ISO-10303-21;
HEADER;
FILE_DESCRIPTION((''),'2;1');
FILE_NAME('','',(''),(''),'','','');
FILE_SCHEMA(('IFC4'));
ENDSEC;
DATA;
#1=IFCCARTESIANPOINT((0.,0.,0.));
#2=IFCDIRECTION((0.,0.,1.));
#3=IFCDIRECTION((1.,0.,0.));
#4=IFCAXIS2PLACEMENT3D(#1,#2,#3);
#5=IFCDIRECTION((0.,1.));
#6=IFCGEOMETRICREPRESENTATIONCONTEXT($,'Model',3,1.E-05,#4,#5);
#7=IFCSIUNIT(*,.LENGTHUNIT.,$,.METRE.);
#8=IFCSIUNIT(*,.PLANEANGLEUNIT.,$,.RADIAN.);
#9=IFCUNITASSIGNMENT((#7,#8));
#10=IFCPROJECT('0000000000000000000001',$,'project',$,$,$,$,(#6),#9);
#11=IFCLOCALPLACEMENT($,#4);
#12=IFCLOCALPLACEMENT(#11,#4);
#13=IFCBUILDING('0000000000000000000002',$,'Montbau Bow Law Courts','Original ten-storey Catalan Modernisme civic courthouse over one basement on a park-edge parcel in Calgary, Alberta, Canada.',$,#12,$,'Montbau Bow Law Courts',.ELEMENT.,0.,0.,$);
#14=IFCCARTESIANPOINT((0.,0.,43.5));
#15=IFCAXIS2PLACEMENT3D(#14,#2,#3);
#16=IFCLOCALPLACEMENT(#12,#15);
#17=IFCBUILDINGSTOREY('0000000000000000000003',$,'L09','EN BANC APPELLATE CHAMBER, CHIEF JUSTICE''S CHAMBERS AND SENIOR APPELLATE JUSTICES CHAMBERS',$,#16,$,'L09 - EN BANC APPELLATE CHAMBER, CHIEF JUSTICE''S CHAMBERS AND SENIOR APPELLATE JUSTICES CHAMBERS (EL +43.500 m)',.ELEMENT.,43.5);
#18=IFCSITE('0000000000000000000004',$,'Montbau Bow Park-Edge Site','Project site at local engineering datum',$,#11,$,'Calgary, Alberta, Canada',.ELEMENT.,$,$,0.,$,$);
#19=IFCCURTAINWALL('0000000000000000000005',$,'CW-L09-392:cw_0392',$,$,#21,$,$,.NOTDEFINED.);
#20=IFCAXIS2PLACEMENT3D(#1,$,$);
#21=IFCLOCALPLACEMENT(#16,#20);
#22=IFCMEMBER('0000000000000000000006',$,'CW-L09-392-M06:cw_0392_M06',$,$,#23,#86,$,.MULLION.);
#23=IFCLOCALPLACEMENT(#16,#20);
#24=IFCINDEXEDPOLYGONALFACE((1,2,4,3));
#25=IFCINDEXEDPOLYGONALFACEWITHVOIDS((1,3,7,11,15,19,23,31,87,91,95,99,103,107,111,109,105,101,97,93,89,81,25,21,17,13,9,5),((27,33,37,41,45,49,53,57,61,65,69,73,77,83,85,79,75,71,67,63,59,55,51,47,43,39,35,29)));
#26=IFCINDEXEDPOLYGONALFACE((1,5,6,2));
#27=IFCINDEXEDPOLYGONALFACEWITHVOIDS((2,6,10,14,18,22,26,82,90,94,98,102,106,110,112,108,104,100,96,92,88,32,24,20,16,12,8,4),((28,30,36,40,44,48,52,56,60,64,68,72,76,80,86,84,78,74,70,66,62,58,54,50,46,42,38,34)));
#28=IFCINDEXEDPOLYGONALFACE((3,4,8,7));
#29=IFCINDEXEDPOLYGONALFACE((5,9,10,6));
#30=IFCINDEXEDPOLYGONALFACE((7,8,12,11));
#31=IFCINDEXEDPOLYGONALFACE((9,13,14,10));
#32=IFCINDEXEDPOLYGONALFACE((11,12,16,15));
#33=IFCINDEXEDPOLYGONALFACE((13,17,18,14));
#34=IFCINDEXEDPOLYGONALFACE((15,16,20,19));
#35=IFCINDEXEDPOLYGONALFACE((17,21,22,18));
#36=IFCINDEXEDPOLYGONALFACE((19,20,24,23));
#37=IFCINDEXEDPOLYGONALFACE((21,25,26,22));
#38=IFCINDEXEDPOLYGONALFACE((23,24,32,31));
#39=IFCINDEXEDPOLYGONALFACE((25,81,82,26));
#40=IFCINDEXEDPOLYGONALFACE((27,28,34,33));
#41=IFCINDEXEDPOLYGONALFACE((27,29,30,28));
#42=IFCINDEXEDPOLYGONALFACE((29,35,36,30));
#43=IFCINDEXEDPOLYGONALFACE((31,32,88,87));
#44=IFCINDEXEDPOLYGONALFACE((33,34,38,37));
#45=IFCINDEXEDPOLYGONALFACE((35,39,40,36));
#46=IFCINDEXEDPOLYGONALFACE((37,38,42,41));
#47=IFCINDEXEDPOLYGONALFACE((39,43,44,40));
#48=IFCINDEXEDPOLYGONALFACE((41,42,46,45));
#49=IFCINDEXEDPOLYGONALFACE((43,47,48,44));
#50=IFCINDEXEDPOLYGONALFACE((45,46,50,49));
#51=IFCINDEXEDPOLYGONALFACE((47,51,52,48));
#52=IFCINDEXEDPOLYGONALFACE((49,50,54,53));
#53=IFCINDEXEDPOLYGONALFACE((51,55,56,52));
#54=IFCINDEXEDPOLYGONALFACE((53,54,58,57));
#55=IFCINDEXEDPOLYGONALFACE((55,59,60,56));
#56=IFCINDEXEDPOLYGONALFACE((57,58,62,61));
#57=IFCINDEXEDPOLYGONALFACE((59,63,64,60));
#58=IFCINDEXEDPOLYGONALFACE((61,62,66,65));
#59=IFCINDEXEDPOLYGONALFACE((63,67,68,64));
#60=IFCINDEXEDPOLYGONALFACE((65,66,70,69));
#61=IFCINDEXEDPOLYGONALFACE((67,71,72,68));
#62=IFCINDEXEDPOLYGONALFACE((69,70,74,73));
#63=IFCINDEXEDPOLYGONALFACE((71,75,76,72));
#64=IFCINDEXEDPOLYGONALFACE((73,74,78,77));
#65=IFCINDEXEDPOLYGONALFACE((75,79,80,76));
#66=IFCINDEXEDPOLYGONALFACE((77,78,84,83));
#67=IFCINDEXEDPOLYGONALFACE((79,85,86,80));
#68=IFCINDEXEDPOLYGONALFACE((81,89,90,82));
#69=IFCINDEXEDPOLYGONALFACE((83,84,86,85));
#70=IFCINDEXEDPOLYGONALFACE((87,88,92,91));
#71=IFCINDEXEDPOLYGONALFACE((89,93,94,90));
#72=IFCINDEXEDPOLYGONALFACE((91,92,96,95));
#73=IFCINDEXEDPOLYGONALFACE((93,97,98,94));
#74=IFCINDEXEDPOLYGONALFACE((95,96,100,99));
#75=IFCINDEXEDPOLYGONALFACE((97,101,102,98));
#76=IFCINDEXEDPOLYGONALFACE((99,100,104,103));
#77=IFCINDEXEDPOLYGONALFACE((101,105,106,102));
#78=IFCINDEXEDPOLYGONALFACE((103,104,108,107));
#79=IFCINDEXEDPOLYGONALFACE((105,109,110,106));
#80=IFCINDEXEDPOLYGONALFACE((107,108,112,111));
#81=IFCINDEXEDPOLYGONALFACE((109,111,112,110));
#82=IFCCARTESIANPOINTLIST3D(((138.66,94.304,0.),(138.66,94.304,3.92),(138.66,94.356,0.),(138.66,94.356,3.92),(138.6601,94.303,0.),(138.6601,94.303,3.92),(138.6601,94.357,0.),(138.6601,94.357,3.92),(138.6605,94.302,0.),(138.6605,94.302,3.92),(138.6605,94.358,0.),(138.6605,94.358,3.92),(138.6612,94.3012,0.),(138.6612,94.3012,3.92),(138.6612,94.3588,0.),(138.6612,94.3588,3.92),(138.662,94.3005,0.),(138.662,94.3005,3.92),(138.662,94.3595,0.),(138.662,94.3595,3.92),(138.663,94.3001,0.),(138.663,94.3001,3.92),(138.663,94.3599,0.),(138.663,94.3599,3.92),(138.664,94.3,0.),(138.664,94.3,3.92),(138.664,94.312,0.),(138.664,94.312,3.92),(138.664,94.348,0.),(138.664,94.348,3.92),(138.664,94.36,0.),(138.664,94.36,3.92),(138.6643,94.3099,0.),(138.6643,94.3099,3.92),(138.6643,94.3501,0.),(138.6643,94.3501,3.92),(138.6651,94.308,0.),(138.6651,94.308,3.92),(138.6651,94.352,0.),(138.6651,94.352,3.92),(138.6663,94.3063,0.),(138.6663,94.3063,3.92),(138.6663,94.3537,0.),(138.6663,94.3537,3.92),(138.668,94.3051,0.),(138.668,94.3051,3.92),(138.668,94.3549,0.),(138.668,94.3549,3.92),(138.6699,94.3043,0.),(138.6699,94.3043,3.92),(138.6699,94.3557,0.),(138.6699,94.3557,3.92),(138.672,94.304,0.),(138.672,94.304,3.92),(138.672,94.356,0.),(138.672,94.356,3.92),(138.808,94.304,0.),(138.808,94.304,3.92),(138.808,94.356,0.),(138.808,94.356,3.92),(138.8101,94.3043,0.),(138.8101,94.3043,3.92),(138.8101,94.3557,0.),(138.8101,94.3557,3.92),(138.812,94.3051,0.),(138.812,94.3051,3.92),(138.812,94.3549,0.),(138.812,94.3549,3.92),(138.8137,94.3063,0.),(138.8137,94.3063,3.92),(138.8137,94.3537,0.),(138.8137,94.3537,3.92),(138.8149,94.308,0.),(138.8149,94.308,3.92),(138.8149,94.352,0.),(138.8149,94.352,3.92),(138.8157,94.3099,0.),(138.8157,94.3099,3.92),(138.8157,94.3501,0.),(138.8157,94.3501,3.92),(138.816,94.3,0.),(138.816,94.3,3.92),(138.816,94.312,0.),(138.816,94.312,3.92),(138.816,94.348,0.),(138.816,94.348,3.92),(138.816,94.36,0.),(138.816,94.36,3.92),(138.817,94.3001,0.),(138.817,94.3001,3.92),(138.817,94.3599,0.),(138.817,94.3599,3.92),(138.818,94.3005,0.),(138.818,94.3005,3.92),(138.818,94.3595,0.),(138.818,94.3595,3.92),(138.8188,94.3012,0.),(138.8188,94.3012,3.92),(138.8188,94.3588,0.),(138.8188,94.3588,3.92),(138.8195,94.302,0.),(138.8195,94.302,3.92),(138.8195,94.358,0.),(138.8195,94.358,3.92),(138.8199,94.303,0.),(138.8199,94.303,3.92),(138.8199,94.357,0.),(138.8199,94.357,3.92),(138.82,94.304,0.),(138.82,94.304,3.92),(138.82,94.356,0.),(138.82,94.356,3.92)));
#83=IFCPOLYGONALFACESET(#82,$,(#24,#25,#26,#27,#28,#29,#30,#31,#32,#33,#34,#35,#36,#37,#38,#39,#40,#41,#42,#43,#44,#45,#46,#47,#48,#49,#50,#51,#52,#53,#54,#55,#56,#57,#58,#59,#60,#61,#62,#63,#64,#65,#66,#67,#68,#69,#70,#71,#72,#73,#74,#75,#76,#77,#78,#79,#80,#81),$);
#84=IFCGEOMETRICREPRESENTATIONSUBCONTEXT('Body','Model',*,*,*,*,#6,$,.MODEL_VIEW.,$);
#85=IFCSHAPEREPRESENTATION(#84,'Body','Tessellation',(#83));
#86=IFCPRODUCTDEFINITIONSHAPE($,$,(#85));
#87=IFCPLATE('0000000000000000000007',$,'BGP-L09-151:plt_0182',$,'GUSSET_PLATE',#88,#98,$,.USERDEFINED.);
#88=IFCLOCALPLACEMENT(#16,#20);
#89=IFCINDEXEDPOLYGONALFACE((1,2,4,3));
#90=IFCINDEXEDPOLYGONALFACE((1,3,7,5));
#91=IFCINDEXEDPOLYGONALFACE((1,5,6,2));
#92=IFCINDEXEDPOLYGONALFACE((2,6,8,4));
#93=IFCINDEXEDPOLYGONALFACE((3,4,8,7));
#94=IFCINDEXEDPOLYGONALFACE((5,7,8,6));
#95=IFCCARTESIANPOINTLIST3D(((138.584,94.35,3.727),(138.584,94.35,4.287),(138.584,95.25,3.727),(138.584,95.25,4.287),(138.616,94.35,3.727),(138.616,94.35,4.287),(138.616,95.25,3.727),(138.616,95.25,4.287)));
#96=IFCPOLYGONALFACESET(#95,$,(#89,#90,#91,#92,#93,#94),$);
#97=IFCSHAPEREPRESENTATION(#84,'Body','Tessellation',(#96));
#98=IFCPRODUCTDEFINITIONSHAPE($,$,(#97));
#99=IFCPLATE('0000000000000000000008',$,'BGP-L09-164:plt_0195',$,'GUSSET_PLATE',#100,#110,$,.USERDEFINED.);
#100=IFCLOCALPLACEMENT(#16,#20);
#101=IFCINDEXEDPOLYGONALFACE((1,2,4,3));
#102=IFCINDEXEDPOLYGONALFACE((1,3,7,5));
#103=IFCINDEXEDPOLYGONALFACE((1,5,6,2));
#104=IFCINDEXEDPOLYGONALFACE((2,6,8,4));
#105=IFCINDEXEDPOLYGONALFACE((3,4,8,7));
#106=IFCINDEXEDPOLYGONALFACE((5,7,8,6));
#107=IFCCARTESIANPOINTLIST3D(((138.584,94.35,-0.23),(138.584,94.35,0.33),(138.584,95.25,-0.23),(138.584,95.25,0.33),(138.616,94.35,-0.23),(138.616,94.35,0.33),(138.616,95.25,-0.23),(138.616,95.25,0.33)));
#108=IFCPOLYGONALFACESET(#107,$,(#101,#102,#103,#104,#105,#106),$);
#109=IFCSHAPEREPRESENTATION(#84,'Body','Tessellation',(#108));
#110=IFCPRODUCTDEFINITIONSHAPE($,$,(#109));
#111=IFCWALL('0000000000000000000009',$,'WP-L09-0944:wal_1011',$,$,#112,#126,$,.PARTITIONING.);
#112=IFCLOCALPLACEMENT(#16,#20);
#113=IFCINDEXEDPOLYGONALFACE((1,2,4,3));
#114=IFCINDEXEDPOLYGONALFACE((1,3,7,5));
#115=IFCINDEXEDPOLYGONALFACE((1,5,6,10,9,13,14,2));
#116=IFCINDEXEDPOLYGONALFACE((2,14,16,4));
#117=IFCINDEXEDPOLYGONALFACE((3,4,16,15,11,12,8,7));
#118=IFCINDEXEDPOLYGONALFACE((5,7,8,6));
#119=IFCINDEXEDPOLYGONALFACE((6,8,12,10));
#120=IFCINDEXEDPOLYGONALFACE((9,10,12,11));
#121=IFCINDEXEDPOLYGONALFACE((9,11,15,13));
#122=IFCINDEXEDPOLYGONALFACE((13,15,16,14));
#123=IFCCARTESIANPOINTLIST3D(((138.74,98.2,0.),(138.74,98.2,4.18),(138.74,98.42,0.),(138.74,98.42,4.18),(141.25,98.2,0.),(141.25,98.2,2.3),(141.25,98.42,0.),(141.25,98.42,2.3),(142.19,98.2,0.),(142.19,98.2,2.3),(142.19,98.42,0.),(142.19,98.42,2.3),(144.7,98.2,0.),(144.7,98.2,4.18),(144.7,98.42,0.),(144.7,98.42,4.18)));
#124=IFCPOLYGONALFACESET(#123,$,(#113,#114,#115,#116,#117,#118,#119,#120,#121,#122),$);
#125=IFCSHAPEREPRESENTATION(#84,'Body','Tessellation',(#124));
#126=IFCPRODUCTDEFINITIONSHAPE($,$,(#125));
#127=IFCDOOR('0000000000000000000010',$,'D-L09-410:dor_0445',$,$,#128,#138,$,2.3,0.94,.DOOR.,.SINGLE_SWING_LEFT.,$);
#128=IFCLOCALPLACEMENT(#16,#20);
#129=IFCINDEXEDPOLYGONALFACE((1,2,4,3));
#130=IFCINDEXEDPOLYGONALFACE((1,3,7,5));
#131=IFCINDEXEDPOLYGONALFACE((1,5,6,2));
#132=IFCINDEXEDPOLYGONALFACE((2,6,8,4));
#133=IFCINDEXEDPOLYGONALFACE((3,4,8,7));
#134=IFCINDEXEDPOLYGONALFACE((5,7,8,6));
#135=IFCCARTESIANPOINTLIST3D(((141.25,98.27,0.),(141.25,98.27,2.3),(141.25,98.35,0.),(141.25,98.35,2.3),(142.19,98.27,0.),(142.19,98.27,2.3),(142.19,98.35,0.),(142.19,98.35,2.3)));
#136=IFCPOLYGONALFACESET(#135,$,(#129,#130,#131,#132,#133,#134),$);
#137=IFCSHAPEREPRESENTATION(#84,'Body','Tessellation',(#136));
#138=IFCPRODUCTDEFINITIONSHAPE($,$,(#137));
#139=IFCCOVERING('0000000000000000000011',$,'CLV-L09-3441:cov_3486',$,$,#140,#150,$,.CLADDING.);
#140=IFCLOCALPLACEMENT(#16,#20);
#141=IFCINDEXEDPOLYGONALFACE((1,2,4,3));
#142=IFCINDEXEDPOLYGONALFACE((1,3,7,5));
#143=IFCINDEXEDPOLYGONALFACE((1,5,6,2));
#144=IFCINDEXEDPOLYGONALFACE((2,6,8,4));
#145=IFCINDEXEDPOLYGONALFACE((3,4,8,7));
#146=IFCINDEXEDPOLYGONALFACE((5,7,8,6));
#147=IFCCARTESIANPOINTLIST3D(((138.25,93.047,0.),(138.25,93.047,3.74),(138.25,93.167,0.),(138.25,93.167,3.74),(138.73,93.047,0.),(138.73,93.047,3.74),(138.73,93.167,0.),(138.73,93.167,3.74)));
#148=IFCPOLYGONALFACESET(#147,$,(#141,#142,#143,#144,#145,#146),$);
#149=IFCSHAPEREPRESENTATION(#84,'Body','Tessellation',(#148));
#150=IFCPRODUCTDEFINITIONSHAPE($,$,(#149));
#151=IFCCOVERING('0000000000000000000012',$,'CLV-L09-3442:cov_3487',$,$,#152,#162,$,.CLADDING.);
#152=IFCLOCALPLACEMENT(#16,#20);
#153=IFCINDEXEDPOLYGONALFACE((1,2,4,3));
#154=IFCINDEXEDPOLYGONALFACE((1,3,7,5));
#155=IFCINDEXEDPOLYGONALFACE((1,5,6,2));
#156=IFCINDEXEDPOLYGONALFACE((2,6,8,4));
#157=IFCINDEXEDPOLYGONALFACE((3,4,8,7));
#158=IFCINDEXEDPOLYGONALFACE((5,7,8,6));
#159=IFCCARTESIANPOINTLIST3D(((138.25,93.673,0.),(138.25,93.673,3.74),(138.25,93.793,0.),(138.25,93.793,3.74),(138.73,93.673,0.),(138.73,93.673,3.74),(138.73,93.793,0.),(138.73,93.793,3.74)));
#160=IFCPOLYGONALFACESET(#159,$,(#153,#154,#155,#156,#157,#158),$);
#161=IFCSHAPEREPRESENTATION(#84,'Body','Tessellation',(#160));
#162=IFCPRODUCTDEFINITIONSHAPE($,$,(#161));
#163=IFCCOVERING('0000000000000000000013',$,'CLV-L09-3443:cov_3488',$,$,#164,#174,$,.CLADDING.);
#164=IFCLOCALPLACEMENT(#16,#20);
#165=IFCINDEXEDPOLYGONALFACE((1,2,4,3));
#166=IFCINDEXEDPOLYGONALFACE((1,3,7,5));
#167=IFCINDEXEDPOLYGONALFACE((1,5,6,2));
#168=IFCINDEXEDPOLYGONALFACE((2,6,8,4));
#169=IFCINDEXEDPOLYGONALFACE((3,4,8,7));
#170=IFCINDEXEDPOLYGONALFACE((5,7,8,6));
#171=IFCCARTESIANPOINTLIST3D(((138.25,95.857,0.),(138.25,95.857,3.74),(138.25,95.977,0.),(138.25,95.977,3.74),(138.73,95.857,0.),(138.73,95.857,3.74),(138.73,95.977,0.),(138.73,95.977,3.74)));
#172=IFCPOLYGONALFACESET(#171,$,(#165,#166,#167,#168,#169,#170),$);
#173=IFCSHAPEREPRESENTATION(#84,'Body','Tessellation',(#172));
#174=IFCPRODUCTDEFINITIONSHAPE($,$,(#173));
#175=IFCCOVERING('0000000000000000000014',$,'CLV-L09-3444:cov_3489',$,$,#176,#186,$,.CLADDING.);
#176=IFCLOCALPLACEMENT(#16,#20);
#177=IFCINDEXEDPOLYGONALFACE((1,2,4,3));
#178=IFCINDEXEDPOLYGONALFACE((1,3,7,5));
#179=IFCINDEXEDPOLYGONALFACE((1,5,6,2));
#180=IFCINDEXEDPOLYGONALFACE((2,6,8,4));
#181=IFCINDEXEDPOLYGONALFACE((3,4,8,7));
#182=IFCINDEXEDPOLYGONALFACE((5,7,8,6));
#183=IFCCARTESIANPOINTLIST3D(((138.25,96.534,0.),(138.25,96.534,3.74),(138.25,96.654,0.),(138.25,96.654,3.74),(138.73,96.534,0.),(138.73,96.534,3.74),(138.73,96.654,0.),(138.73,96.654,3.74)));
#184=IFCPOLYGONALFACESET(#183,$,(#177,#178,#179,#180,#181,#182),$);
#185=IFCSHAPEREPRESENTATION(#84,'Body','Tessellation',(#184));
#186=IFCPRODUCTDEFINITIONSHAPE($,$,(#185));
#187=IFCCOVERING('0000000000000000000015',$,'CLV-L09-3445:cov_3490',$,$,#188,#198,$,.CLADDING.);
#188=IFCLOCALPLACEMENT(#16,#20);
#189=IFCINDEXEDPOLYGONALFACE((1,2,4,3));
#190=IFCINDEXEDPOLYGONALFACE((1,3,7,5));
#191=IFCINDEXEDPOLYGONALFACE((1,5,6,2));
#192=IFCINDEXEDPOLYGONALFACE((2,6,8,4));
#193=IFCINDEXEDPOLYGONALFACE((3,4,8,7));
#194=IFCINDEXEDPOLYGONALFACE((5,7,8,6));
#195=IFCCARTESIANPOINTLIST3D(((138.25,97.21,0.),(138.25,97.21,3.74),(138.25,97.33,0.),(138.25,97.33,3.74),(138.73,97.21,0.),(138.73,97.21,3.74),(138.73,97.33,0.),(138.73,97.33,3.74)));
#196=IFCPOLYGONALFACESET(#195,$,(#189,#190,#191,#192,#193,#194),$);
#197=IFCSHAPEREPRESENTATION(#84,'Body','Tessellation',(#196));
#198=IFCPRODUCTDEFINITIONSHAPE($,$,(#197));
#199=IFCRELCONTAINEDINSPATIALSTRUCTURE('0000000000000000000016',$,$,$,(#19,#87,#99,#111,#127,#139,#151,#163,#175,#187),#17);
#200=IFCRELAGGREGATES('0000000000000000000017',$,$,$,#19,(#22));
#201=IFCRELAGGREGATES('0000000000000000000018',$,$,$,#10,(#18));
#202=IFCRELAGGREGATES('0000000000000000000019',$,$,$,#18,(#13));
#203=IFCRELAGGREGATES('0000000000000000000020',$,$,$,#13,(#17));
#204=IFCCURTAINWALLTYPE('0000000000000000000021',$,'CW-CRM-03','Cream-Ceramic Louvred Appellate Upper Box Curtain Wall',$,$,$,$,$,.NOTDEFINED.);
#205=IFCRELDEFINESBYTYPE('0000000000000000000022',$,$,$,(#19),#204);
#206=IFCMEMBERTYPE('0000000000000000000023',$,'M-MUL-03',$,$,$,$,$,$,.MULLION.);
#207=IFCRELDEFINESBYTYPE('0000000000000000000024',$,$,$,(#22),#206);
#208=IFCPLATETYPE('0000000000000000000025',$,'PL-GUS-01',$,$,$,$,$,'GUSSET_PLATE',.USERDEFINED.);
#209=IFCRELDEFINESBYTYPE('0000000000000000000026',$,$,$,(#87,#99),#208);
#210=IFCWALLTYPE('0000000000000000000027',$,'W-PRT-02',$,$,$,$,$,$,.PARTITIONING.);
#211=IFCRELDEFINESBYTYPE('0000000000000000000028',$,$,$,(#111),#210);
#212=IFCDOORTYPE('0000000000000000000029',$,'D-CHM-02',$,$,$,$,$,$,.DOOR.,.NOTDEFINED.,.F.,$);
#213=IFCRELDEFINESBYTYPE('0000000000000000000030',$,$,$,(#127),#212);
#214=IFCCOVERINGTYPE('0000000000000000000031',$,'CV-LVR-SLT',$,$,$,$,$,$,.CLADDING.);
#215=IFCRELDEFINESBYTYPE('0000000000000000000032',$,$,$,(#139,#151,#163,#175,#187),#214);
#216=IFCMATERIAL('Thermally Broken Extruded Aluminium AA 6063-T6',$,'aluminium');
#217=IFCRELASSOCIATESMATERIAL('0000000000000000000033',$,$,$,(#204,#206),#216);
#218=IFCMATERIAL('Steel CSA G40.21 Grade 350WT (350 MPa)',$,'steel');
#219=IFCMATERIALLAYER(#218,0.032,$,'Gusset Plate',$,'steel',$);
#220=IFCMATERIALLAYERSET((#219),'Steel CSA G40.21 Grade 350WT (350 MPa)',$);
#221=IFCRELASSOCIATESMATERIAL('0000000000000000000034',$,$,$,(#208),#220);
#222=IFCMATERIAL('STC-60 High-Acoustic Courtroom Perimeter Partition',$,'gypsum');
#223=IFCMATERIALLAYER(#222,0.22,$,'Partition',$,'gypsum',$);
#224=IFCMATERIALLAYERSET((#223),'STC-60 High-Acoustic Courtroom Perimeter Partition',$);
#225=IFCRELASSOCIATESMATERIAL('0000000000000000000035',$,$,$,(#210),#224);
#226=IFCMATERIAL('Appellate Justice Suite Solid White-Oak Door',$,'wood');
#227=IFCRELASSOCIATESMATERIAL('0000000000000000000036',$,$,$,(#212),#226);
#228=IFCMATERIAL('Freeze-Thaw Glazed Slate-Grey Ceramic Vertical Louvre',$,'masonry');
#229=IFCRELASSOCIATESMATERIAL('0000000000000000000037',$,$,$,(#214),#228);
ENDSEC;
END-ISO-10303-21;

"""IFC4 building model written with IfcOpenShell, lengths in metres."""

from ifc_helpers import new_model, si_unit, direction, frame, frame_2d, origin_with_axes, origin_2d_with_axis, place, context, subcontext, project, spatial, rectangle, hollow_rectangle, extrude, material, layer, layer_set, material_profile, profile_set, type_object, element, fill, aggregate, save


model = new_model("IFC4")

# Units and contexts
model_context = context("Model", 3, precision=1e-05, world=origin_with_axes(), true_north=direction((0.0, 1.0)))
body_context = subcontext(model_context, "Body", "Model", "MODEL_VIEW")
ifc_project = project(units=[si_unit("LENGTHUNIT", "METRE"), si_unit("PLANEANGLEUNIT", "RADIAN")], contexts=[model_context])

# Site, building, storey
site_placement = place(None, origin_with_axes())
site = spatial("IfcSite", under=ifc_project, at=site_placement, Name="Montbau Bow Park-Edge Site", Description="Project site at local engineering datum", LongName="Calgary, Alberta, Canada", CompositionType="ELEMENT", RefElevation=0.0)
building_placement = place(site_placement, origin_with_axes())
building = spatial("IfcBuilding", under=site, at=building_placement, Name="Montbau Bow Law Courts", Description="Original ten-storey Catalan Modernisme civic courthouse over one basement on a park-edge parcel in Calgary, Alberta, Canada.", LongName="Montbau Bow Law Courts", CompositionType="ELEMENT", ElevationOfRefHeight=0.0, ElevationOfTerrain=0.0)
storey_placement = place(building_placement, frame((0.0, 0.0, 43.5), z_axis=(0.0, 0.0, 1.0), x_axis=(1.0, 0.0, 0.0)))
storey = spatial("IfcBuildingStorey", under=building, at=storey_placement, Name="L09", Description="EN BANC APPELLATE CHAMBER, CHIEF JUSTICE'S CHAMBERS AND SENIOR APPELLATE JUSTICES CHAMBERS", LongName="L09 - EN BANC APPELLATE CHAMBER, CHIEF JUSTICE'S CHAMBERS AND SENIOR APPELLATE JUSTICES CHAMBERS (EL +43.500 m)", CompositionType="ELEMENT", Elevation=43.5)

# Curtain wall, member
ifc_material_1 = material(Name="Thermally Broken Extruded Aluminium AA 6063-T6", Category="aluminium")
curtain_wall_type = type_object("IfcCurtainWallType", Name="CW-CRM-03", Description="Cream-Ceramic Louvred Appellate Upper Box Curtain Wall", PredefinedType="NOTDEFINED", material=ifc_material_1)
curtain_wall_placement = place(None, frame((138.74, 86.84, 43.5), z_axis=(0.0, 0.0, 1.0), x_axis=(1.0, 0.0, 0.0)))
curtain_wall = element("IfcCurtainWall", 1, at=curtain_wall_placement, inside=storey, type_object=curtain_wall_type, Name="CW-L09-392:cw_0392", PredefinedType="NOTDEFINED")
ifc_material_profile_1 = material_profile(ifc_material_1, hollow_rectangle(XDim=0.06, YDim=0.16, WallThickness=0.004, InnerFilletRadius=0.008, OuterFilletRadius=0.004, at=origin_2d_with_axis()), Name="CWM-160X60", Category="Main", Priority=0)
ifc_profile_set_1 = profile_set([ifc_material_profile_1], Name="Thermally Broken Extruded Aluminium AA 6063-T6")
member_type_1 = type_object("IfcMemberType", Name="M-MUL-03", PredefinedType="MULLION", material=ifc_profile_set_1)
member_1_placement = place(None, frame((138.74, 94.33, 43.5), z_axis=(0.0, 0.0, 1.0), x_axis=(0.0, 1.0, 0.0)))
member_1 = element("IfcMember", 2, at=member_1_placement, type_object=member_type_1, Name="CW-L09-392-M06:cw_0392_M06", PredefinedType="MULLION", context=body_context, shape_type="SweptSolid", body=[
    extrude(hollow_rectangle(XDim=0.06, YDim=0.16, WallThickness=0.004, InnerFilletRadius=0.008, OuterFilletRadius=0.004, at=origin_2d_with_axis()), origin_with_axes(), (0.0, 0.0, 1.0), 3.92),
])
aggregate(curtain_wall, [member_1])

# Plates
ifc_material_2 = material(Name="Steel CSA G40.21 Grade 350WT (350 MPa)", Category="steel")
ifc_layer_1 = layer(ifc_material_2, 0.032, Name="Gusset Plate", Category="steel")
ifc_layer_set_1 = layer_set([ifc_layer_1], Name="Steel CSA G40.21 Grade 350WT (350 MPa)")
plate_type = type_object("IfcPlateType", Name="PL-GUS-01", ElementType="GUSSET_PLATE", PredefinedType="USERDEFINED", material=ifc_layer_set_1)
for number, where, z_axis, x_axis, name in (
    (3, (138.6, 94.8, 47.227), (0.0, 0.0, 1.0), (0.0, 1.0, 0.0), "BGP-L09-151:plt_0182"),
    (4, (138.6, 94.8, 43.27), (0.0, 0.0, 1.0), (0.0, 1.0, 0.0), "BGP-L09-164:plt_0195"),
):
    element("IfcPlate", number, at=place(None, frame(where, z_axis=z_axis, x_axis=x_axis)), inside=storey, type_object=plate_type, Name=name, ObjectType="GUSSET_PLATE", PredefinedType="USERDEFINED", context=body_context, shape_type="SweptSolid", body=[
        extrude(rectangle(XDim=0.9, YDim=0.032, at=origin_2d_with_axis()), origin_with_axes(), (0.0, 0.0, 1.0), 0.56),
    ])

# Wall, opening, door
ifc_material_3 = material(Name="STC-60 High-Acoustic Courtroom Perimeter Partition", Category="gypsum")
ifc_layer_2 = layer(ifc_material_3, 0.22, Name="Partition", Category="gypsum")
ifc_layer_set_2 = layer_set([ifc_layer_2], Name="STC-60 High-Acoustic Courtroom Perimeter Partition")
wall_type = type_object("IfcWallType", Name="W-PRT-02", PredefinedType="PARTITIONING", material=ifc_layer_set_2)
wall_placement = place(None, frame((138.74, 98.31, 43.5), z_axis=(0.0, 0.0, 1.0), x_axis=(1.0, 0.0, 0.0)))
wall = element("IfcWall", 5, at=wall_placement, inside=storey, type_object=wall_type, Name="WP-L09-0944:wal_1011", PredefinedType="PARTITIONING", context=body_context, shape_type="SweptSolid", body=[
    extrude(rectangle(XDim=5.96, YDim=0.22, at=frame_2d((2.98, 0.0), x_axis=(1.0, 0.0))), origin_with_axes(), (0.0, 0.0, 1.0), 4.18),
])
opening_placement = place(None, frame((141.72, 98.31, 43.5), z_axis=(0.0, 0.0, 1.0), x_axis=(1.0, 0.0, 0.0)))
opening = element("IfcOpeningElement", 6, at=opening_placement, cuts=wall, PredefinedType="OPENING", context=body_context, shape_type="SweptSolid", body=[
    extrude(rectangle(XDim=0.94, YDim=2.3, at=frame_2d((0.0, 1.15), x_axis=(1.0, 0.0))), frame((0.0, 0.12, 0.0), z_axis=(0.0, -1.0, 0.0), x_axis=(1.0, 0.0, 0.0)), (0.0, 0.0, 1.0), 0.24),
])
ifc_material_4 = material(Name="Appellate Justice Suite Solid White-Oak Door", Category="wood")
door_type = type_object("IfcDoorType", Name="D-CHM-02", OperationType="NOTDEFINED", ParameterTakesPrecedence=False, PredefinedType="DOOR", material=ifc_material_4)
door_placement = place(None, frame((141.72, 98.31, 43.5), z_axis=(0.0, 0.0, 1.0), x_axis=(1.0, 0.0, 0.0)))
door = element("IfcDoor", 7, at=door_placement, inside=storey, type_object=door_type, Name="D-L09-410:dor_0445", OperationType="SINGLE_SWING_LEFT", OverallHeight=2.3, OverallWidth=0.94, PredefinedType="DOOR", context=body_context, shape_type="SweptSolid", body=[
    extrude(rectangle(XDim=0.94, YDim=2.3, at=frame_2d((0.0, 1.15), x_axis=(1.0, 0.0))), frame((0.0, 0.04, 0.0), z_axis=(0.0, -1.0, 0.0), x_axis=(1.0, 0.0, 0.0)), (0.0, 0.0, 1.0), 0.08),
])
fill(opening, door)

# Coverings
ifc_material_5 = material(Name="Freeze-Thaw Glazed Slate-Grey Ceramic Vertical Louvre", Category="masonry")
covering_type = type_object("IfcCoveringType", Name="CV-LVR-SLT", PredefinedType="CLADDING", material=ifc_material_5)
for number, where, z_axis, x_axis, name in (
    (8, (138.73, 93.107, 43.5), (0.0, 1.0, 0.0), (-1.0, 0.0, 0.0), "CLV-L09-3441:cov_3486"),
    (9, (138.73, 93.733, 43.5), (0.0, 1.0, 0.0), (-1.0, 0.0, 0.0), "CLV-L09-3442:cov_3487"),
    (10, (138.73, 95.917, 43.5), (0.0, 1.0, 0.0), (-1.0, 0.0, 0.0), "CLV-L09-3443:cov_3488"),
    (11, (138.73, 96.594, 43.5), (0.0, 1.0, 0.0), (-1.0, 0.0, 0.0), "CLV-L09-3444:cov_3489"),
    (12, (138.73, 97.27, 43.5), (0.0, 1.0, 0.0), (-1.0, 0.0, 0.0), "CLV-L09-3445:cov_3490"),
):
    element("IfcCovering", number, at=place(None, frame(where, z_axis=z_axis, x_axis=x_axis)), inside=storey, type_object=covering_type, Name=name, PredefinedType="CLADDING", context=body_context, shape_type="SweptSolid", body=[
        extrude(rectangle(XDim=0.48, YDim=3.74, at=frame_2d((0.24, 1.87), x_axis=(1.0, 0.0))), frame((0.0, 0.0, -0.06), z_axis=(0.0, 0.0, 1.0), x_axis=(1.0, 0.0, 0.0)), (0.0, 0.0, 1.0), 0.12),
    ])

save(model, "model.ifc")
